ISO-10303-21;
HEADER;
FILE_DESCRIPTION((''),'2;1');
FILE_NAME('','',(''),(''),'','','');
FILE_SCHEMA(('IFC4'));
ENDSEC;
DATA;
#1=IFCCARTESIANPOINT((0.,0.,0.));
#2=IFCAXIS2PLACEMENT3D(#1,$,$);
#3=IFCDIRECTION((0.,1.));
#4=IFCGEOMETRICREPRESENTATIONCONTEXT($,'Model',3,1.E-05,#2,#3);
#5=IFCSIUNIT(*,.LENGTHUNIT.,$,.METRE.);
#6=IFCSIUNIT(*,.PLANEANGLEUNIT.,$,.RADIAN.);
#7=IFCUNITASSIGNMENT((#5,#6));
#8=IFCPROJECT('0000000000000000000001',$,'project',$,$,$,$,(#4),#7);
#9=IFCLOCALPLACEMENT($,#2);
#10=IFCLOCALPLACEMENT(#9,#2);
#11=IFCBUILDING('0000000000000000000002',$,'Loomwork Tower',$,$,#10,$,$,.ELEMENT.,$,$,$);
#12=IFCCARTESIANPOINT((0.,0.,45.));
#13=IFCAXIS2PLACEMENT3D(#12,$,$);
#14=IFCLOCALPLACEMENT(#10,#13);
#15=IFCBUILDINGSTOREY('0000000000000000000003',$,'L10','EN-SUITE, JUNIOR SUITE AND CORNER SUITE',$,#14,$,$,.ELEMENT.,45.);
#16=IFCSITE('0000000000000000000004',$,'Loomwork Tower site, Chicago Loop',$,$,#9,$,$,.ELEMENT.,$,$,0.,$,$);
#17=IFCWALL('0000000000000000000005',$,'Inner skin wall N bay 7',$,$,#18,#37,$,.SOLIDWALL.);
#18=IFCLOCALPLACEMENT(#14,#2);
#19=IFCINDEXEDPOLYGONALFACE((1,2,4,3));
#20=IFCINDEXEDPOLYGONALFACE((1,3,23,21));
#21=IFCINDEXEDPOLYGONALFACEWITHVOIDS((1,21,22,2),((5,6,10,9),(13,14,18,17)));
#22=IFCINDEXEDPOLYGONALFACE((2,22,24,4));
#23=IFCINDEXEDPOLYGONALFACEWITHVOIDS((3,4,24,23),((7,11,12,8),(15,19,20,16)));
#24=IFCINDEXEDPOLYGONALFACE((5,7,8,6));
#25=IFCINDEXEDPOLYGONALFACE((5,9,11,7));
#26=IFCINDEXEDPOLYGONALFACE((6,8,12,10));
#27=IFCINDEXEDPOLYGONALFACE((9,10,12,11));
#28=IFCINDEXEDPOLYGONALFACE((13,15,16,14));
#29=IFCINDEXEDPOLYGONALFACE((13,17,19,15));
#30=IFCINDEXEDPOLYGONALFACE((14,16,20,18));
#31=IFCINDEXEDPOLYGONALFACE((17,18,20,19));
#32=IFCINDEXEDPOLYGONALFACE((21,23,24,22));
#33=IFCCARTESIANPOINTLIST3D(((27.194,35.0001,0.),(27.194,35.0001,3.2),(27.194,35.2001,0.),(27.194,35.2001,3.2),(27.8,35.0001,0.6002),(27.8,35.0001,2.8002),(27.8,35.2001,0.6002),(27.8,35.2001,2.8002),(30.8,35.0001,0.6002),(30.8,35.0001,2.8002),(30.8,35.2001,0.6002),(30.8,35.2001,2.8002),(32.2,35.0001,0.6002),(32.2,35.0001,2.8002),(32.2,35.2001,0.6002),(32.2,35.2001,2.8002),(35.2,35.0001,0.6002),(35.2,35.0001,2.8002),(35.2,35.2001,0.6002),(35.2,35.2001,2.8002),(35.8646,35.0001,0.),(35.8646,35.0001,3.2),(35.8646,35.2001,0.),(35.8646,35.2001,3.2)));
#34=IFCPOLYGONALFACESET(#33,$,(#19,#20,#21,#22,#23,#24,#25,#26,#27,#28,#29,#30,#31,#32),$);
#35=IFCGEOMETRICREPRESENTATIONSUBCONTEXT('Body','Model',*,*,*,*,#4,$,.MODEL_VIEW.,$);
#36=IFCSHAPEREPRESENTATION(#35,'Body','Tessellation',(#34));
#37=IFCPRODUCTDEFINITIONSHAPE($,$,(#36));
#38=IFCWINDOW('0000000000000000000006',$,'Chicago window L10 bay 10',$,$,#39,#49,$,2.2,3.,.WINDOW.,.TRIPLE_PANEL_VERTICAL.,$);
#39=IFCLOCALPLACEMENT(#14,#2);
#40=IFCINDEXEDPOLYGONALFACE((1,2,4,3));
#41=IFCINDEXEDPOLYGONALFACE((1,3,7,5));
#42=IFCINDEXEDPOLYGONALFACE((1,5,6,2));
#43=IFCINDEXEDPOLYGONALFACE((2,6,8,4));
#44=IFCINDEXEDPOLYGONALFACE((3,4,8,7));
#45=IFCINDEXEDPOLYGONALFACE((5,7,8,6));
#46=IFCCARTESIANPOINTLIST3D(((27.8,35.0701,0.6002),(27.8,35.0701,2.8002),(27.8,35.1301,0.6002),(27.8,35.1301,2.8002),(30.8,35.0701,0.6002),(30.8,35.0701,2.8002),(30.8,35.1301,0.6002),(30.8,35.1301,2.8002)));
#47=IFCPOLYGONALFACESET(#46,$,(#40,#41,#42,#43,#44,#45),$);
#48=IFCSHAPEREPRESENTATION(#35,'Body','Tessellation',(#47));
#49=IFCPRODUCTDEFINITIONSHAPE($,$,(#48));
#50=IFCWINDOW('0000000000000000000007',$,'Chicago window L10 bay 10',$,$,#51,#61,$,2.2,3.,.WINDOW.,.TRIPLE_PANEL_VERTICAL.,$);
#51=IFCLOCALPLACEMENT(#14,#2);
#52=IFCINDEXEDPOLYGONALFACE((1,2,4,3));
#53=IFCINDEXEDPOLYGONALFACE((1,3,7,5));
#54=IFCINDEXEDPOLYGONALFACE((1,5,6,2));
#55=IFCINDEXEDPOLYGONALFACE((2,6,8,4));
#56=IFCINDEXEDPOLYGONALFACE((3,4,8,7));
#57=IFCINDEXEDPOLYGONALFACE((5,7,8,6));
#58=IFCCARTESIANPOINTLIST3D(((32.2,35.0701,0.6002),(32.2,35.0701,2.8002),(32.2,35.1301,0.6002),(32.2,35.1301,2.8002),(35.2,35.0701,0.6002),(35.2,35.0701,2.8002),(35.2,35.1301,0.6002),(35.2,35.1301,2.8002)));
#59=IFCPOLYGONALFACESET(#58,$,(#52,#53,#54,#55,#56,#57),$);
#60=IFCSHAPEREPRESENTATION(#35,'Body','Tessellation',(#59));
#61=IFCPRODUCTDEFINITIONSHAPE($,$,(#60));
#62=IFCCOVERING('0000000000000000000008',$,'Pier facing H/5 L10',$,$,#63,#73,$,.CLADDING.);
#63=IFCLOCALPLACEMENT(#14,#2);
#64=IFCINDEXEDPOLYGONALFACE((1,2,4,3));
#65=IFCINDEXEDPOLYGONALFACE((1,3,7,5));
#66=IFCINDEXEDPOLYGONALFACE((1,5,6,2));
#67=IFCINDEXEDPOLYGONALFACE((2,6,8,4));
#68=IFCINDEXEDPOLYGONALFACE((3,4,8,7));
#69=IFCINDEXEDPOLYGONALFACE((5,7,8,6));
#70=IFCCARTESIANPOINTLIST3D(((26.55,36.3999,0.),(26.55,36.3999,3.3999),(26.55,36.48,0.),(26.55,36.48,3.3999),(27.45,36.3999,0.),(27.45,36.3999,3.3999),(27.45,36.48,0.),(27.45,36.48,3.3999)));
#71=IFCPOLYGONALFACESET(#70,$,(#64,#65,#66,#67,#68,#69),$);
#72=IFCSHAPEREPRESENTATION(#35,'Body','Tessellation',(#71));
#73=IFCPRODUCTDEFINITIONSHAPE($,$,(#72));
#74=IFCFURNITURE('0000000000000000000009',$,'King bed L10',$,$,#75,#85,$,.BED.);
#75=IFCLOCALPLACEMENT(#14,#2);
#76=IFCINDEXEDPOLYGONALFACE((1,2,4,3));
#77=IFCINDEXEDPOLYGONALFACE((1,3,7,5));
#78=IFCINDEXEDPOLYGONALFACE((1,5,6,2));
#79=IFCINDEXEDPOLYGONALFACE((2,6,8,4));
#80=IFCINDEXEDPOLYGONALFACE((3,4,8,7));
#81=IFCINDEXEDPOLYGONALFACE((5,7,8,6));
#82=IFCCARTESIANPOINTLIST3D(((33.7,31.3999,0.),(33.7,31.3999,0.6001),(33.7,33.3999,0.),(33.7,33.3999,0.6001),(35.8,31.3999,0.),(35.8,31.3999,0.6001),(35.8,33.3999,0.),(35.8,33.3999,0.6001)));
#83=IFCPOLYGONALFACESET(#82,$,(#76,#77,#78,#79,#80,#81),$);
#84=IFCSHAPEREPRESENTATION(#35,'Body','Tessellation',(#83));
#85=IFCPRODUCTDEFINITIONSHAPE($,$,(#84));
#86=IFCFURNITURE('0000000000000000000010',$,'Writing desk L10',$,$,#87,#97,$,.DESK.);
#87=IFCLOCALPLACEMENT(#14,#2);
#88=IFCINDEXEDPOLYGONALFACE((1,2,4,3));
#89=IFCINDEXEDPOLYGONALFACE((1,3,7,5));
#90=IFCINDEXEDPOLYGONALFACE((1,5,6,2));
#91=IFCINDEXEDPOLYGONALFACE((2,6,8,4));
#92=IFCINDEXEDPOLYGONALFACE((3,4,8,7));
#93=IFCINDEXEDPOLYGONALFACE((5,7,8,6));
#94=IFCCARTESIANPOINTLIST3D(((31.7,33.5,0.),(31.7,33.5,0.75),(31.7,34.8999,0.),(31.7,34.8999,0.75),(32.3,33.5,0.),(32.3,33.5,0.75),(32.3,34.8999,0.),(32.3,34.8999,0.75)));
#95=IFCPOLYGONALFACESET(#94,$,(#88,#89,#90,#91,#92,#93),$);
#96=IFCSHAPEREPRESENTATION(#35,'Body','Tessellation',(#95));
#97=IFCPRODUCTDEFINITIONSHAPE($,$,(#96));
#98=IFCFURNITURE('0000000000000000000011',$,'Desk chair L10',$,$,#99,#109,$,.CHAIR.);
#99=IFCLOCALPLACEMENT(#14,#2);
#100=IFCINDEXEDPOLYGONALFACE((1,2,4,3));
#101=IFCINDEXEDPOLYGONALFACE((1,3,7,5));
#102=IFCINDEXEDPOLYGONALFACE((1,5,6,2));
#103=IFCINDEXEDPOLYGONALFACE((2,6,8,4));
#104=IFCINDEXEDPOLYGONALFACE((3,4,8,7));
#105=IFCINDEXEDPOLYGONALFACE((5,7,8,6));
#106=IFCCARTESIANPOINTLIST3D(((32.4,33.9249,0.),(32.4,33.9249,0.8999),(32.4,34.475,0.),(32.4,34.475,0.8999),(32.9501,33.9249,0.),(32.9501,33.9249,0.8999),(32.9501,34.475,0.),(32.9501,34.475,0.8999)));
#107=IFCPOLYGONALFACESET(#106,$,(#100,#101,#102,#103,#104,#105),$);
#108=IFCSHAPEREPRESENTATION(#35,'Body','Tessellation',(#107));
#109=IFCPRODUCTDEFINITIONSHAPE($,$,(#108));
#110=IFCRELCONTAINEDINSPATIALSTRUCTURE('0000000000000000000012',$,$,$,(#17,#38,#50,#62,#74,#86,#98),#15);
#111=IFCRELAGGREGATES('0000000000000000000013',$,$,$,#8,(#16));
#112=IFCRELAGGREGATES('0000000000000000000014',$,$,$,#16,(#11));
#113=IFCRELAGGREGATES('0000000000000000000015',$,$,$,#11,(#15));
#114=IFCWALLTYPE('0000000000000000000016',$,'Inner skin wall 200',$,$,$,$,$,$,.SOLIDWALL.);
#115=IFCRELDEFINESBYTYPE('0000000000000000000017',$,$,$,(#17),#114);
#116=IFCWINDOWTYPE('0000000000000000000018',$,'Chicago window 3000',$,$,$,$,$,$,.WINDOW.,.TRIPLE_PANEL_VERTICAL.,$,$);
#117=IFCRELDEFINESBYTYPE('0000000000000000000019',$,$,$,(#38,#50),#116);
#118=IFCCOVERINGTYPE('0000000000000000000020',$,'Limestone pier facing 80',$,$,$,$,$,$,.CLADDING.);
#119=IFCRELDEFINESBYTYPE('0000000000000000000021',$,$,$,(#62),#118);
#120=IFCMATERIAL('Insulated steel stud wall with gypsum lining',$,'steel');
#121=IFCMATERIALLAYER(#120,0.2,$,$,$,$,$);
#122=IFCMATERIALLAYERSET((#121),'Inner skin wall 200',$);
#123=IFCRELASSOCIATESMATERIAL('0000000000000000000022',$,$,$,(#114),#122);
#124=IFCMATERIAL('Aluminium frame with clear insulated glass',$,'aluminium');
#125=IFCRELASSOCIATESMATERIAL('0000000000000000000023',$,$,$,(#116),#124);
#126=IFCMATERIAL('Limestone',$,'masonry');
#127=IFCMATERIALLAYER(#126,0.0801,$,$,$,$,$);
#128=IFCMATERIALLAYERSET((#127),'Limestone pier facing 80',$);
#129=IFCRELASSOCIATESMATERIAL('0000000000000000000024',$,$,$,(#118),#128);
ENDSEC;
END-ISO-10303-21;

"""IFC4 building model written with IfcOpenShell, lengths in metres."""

from ifc_helpers import new_model, si_unit, direction, frame, frame_2d, origin, origin_2d, place, context, subcontext, project, spatial, rectangle, extrude, material, layer, layer_set, type_object, element, fill, save


model = new_model("IFC4")

# Units and contexts
model_context = context("Model", 3, precision=1e-05, world=origin(), true_north=direction((0.0, 1.0)))
body_context = subcontext(model_context, "Body", "Model", "MODEL_VIEW")
ifc_project = project(units=[si_unit("LENGTHUNIT", "METRE"), si_unit("PLANEANGLEUNIT", "RADIAN")], contexts=[model_context])

# Site, building, storey
site_placement = place(None, origin())
site = spatial("IfcSite", under=ifc_project, at=site_placement, Name="Loomwork Tower site, Chicago Loop", CompositionType="ELEMENT", RefElevation=0.0)
building_placement = place(site_placement, origin())
building = spatial("IfcBuilding", under=site, at=building_placement, Name="Loomwork Tower", CompositionType="ELEMENT")
storey_placement = place(building_placement, frame((0.0, 0.0, 45.0)))
storey = spatial("IfcBuildingStorey", under=building, at=storey_placement, Name="L10", Description="EN-SUITE, JUNIOR SUITE AND CORNER SUITE", CompositionType="ELEMENT", Elevation=45.0)

# Shared definitions
ifc_material_1 = material(Name="Insulated steel stud wall with gypsum lining", Category="steel")
ifc_layer_1 = layer(ifc_material_1, 0.2)
ifc_layer_set_1 = layer_set([ifc_layer_1], Name="Inner skin wall 200")
wall_type = type_object("IfcWallType", Name="Inner skin wall 200", PredefinedType="SOLIDWALL", material=ifc_layer_set_1)

# Wall, openings, windows
wall_1_placement = place(storey_placement, frame((27.1938, 35.1001, 0.0), z_axis=(0.0, 0.0, 1.0), x_axis=(1.0, 0.0, 0.0)))
wall_1 = element("IfcWall", 1, at=wall_1_placement, inside=storey, type_object=wall_type, Name="Inner skin wall N bay 7", PredefinedType="SOLIDWALL", context=body_context, shape_type="SweptSolid", body=[
    extrude(rectangle(XDim=8.6707, YDim=0.2, at=frame_2d((4.3354, 0.0))), origin(), (0.0, 0.0, 1.0), 3.2),
])
opening_1_placement = place(wall_1_placement, frame((0.6062, 0.0, 0.6001)))
opening_1 = element("IfcOpeningElement", 2, at=opening_1_placement, cuts=wall_1, PredefinedType="OPENING", context=body_context, shape_type="SweptSolid", body=[
    extrude(rectangle(XDim=3.0, YDim=2.2, at=frame_2d((1.5, 1.1001))), frame((0.0, 0.1099, 0.0), z_axis=(0.0, -1.0, 0.0), x_axis=(1.0, 0.0, 0.0)), (0.0, 0.0, 1.0), 0.22),
])
opening_2_placement = place(wall_1_placement, frame((5.0061, 0.0, 0.6001)))
opening_2 = element("IfcOpeningElement", 3, at=opening_2_placement, cuts=wall_1, PredefinedType="OPENING", context=body_context, shape_type="SweptSolid", body=[
    extrude(rectangle(XDim=3.0, YDim=2.2, at=frame_2d((1.5, 1.1001))), frame((0.0, 0.1099, 0.0), z_axis=(0.0, -1.0, 0.0), x_axis=(1.0, 0.0, 0.0)), (0.0, 0.0, 1.0), 0.22),
])
ifc_material_2 = material(Name="Aluminium frame with clear insulated glass", Category="aluminium")
window_type = type_object("IfcWindowType", Name="Chicago window 3000", PartitioningType="TRIPLE_PANEL_VERTICAL", PredefinedType="WINDOW", material=ifc_material_2)
window_1_placement = place(opening_1_placement, origin())
window_1 = element("IfcWindow", 4, at=window_1_placement, inside=storey, type_object=window_type, Name="Chicago window L10 bay 10", OverallHeight=2.2, OverallWidth=3.0, PartitioningType="TRIPLE_PANEL_VERTICAL", PredefinedType="WINDOW", context=body_context, shape_type="SweptSolid", body=[
    extrude(rectangle(XDim=3.0, YDim=2.2, at=frame_2d((1.5, 1.1001))), frame((0.0, 0.03, 0.0), z_axis=(0.0, -1.0, 0.0), x_axis=(1.0, 0.0, 0.0)), (0.0, 0.0, 1.0), 0.0601),
])
fill(opening_1, window_1)
window_2_placement = place(opening_2_placement, origin())
window_2 = element("IfcWindow", 5, at=window_2_placement, inside=storey, type_object=window_type, Name="Chicago window L10 bay 10", OverallHeight=2.2, OverallWidth=3.0, PartitioningType="TRIPLE_PANEL_VERTICAL", PredefinedType="WINDOW", context=body_context, shape_type="SweptSolid", body=[
    extrude(rectangle(XDim=3.0, YDim=2.2, at=frame_2d((1.5, 1.1001))), frame((0.0, 0.03, 0.0), z_axis=(0.0, -1.0, 0.0), x_axis=(1.0, 0.0, 0.0)), (0.0, 0.0, 1.0), 0.0601),
])
fill(opening_2, window_2)

# Covering
ifc_material_3 = material(Name="Limestone", Category="masonry")
ifc_layer_2 = layer(ifc_material_3, 0.0801)
ifc_layer_set_2 = layer_set([ifc_layer_2], Name="Limestone pier facing 80")
covering_type = type_object("IfcCoveringType", Name="Limestone pier facing 80", PredefinedType="CLADDING", material=ifc_layer_set_2)
covering_placement = place(storey_placement, frame((27.0, 36.4399, 0.0), z_axis=(0.0, 0.0, 1.0), x_axis=(1.0, 0.0, 0.0)))
element("IfcCovering", 6, at=covering_placement, inside=storey, type_object=covering_type, Name="Pier facing H/5 L10", PredefinedType="CLADDING", context=body_context, shape_type="SweptSolid", body=[
    extrude(rectangle(XDim=0.8999, YDim=0.0801, at=origin_2d()), origin(), (0.0, 0.0, 1.0), 3.3999),
])

# Furniture
furniture_1_placement = place(storey_placement, frame((34.75, 32.3999, 0.0), z_axis=(0.0, 0.0, 1.0), x_axis=(1.0, 0.0, 0.0)))
element("IfcFurniture", 7, at=furniture_1_placement, inside=storey, Name="King bed L10", PredefinedType="BED", context=body_context, shape_type="SweptSolid", body=[
    extrude(rectangle(XDim=2.1001, YDim=2.0, at=origin_2d()), origin(), (0.0, 0.0, 1.0), 0.6001),
])
furniture_2_placement = place(storey_placement, frame((32.0, 34.2, 0.0), z_axis=(0.0, 0.0, 1.0), x_axis=(1.0, 0.0, 0.0)))
element("IfcFurniture", 8, at=furniture_2_placement, inside=storey, Name="Writing desk L10", PredefinedType="DESK", context=body_context, shape_type="SweptSolid", body=[
    extrude(rectangle(XDim=0.6001, YDim=1.3999, at=origin_2d()), origin(), (0.0, 0.0, 1.0), 0.75),
])
furniture_3_placement = place(storey_placement, frame((32.675, 34.2, 0.0), z_axis=(0.0, 0.0, 1.0), x_axis=(1.0, 0.0, 0.0)))
element("IfcFurniture", 9, at=furniture_3_placement, inside=storey, Name="Desk chair L10", PredefinedType="CHAIR", context=body_context, shape_type="SweptSolid", body=[
    extrude(rectangle(XDim=0.55, YDim=0.55, at=origin_2d()), origin(), (0.0, 0.0, 1.0), 0.8999),
])

save(model, "model.ifc")
